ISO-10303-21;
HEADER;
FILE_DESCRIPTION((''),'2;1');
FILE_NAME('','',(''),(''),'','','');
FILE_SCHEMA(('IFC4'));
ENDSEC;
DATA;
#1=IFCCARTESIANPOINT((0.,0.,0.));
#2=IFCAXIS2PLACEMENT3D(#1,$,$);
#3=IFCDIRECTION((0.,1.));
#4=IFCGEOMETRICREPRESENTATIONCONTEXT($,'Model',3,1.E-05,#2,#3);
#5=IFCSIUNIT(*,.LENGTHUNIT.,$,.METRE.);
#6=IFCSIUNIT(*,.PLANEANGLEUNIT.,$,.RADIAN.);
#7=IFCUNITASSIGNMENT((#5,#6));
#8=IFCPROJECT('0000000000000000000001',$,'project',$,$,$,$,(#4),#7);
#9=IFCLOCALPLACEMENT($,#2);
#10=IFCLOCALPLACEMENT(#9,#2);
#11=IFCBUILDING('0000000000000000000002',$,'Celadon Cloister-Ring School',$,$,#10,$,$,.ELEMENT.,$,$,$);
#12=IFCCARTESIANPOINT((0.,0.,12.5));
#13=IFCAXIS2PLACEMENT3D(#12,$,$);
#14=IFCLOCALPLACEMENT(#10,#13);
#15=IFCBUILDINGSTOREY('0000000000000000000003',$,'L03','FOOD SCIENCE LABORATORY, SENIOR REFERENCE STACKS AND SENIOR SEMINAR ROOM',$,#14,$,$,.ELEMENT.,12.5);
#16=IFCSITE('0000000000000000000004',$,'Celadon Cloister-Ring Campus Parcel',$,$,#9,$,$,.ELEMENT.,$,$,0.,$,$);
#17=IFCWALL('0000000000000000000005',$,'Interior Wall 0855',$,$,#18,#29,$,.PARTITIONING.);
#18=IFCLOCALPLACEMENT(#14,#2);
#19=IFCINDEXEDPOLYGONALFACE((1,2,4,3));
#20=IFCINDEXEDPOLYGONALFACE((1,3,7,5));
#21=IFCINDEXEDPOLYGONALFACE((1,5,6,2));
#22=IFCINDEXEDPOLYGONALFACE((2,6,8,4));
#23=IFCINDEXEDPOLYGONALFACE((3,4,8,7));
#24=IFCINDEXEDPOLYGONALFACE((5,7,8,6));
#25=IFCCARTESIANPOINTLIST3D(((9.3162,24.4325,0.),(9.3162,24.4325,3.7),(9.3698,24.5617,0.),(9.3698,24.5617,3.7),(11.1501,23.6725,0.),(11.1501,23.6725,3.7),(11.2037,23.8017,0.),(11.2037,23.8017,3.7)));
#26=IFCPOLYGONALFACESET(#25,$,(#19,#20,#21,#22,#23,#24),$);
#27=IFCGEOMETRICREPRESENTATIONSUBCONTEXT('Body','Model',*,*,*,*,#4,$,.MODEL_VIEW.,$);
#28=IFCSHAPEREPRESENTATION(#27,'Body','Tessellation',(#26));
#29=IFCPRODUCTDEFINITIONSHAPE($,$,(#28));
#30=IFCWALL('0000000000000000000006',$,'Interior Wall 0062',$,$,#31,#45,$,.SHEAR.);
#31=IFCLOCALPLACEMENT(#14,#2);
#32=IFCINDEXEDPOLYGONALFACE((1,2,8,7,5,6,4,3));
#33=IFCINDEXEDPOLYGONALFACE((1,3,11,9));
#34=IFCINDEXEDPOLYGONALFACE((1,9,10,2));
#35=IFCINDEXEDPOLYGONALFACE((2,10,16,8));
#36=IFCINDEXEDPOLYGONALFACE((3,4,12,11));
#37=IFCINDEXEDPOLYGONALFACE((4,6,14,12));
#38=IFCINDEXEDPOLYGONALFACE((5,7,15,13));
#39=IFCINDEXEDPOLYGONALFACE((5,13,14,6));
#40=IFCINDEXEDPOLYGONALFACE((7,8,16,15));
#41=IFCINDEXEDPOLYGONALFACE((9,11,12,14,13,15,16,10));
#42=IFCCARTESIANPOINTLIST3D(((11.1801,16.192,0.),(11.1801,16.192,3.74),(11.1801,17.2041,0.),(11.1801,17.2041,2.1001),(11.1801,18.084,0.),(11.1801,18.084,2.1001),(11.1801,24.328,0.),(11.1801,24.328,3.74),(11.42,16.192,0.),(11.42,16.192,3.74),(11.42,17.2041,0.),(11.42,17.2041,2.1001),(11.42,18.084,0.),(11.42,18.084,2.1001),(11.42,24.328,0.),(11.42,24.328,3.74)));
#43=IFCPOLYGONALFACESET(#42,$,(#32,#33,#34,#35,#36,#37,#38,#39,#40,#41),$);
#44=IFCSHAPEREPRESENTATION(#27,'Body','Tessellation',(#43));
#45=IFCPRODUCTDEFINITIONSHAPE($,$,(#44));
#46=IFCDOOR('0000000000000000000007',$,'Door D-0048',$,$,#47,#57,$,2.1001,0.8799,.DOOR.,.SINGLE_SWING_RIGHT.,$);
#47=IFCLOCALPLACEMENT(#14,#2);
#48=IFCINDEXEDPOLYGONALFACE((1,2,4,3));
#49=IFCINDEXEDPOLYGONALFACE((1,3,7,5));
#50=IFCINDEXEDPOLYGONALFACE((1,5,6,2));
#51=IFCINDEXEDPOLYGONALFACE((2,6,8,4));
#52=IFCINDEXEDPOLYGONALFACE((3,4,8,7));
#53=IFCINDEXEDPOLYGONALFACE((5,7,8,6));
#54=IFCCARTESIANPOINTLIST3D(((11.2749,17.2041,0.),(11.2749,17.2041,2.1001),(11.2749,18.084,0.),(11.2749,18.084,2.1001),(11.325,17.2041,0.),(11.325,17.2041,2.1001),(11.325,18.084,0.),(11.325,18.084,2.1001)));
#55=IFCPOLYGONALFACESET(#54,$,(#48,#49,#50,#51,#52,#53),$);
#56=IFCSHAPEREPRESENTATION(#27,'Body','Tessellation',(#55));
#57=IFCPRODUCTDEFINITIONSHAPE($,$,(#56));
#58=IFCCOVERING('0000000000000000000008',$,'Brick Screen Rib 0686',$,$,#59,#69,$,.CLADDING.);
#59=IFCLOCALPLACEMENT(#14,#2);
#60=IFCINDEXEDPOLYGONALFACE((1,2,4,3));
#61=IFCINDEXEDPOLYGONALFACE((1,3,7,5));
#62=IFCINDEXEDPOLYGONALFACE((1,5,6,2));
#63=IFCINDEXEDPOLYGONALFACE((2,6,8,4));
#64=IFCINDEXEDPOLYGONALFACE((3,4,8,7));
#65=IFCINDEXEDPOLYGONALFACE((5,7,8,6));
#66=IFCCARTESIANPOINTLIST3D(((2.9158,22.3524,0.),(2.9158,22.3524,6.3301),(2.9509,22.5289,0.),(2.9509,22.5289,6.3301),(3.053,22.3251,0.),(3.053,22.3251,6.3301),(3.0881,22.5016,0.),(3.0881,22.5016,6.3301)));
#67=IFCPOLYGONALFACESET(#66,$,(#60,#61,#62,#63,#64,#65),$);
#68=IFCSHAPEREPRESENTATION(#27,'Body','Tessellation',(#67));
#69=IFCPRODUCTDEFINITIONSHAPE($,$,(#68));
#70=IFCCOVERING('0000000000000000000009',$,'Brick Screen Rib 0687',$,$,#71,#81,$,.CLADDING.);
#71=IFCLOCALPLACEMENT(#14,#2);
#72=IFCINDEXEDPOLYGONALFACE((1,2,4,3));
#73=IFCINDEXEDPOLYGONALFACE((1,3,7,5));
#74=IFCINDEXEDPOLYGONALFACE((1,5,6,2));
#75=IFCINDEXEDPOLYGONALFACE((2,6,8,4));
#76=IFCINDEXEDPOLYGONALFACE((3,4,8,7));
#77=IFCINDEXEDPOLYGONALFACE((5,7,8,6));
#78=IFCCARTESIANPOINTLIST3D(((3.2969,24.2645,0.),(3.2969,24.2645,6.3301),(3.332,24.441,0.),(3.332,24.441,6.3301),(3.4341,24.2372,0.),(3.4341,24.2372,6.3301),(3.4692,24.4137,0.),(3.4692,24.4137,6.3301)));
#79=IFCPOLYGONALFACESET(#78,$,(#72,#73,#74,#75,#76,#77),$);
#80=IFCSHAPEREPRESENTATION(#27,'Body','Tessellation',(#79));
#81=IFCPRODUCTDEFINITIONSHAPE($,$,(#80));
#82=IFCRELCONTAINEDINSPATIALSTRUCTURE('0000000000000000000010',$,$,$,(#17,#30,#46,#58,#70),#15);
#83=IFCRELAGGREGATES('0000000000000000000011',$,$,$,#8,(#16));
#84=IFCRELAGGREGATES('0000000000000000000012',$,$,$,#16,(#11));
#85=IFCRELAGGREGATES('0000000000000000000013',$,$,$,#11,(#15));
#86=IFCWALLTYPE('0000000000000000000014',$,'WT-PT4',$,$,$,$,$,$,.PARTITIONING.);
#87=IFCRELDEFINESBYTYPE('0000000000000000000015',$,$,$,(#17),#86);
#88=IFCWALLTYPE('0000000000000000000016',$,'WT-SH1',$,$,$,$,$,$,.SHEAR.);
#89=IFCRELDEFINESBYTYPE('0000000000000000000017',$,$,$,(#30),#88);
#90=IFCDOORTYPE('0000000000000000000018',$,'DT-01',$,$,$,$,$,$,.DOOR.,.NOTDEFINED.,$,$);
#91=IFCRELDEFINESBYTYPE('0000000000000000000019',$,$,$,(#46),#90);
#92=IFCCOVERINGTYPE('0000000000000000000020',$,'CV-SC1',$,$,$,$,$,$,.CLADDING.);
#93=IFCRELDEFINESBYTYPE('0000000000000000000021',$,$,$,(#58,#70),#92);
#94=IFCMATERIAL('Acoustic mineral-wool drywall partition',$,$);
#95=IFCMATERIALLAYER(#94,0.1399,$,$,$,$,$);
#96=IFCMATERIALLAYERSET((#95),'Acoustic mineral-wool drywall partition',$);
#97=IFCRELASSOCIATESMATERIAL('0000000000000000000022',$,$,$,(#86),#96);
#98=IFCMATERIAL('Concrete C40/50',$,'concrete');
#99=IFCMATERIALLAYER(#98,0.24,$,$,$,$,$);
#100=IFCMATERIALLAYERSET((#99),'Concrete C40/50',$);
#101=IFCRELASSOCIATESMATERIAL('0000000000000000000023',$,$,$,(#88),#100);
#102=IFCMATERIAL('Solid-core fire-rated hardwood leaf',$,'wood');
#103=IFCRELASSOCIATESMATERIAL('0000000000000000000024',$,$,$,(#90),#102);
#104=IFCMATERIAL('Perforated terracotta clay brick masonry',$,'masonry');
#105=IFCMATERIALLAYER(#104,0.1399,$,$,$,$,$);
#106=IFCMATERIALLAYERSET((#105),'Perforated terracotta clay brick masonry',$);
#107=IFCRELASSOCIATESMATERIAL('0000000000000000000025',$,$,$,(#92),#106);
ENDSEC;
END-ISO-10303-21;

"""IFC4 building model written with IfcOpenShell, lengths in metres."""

from ifc_helpers import new_model, si_unit, direction, frame, frame_2d, origin, origin_2d, place, context, subcontext, project, spatial, rectangle, extrude, material, layer, layer_set, type_object, element, fill, save


model = new_model("IFC4")

# Units and contexts
model_context = context("Model", 3, precision=1e-05, world=origin(), true_north=direction((0.0, 1.0)))
body_context = subcontext(model_context, "Body", "Model", "MODEL_VIEW")
ifc_project = project(units=[si_unit("LENGTHUNIT", "METRE"), si_unit("PLANEANGLEUNIT", "RADIAN")], contexts=[model_context])

# Site, building, storey
site_placement = place(None, origin())
site = spatial("IfcSite", under=ifc_project, at=site_placement, Name="Celadon Cloister-Ring Campus Parcel", CompositionType="ELEMENT", RefElevation=0.0)
building_placement = place(site_placement, origin())
building = spatial("IfcBuilding", under=site, at=building_placement, Name="Celadon Cloister-Ring School", CompositionType="ELEMENT")
storey_placement = place(building_placement, frame((0.0, 0.0, 12.5)))
storey = spatial("IfcBuildingStorey", under=building, at=storey_placement, Name="L03", Description="FOOD SCIENCE LABORATORY, SENIOR REFERENCE STACKS AND SENIOR SEMINAR ROOM", CompositionType="ELEMENT", Elevation=12.5)

# Wall
ifc_material_1 = material(Name="Acoustic mineral-wool drywall partition")
ifc_layer_1 = layer(ifc_material_1, 0.1399)
ifc_layer_set_1 = layer_set([ifc_layer_1], Name="Acoustic mineral-wool drywall partition")
wall_type_1 = type_object("IfcWallType", Name="WT-PT4", PredefinedType="PARTITIONING", material=ifc_layer_set_1)
wall_1_placement = place(storey_placement, frame((11.177, 23.7371, 0.0), z_axis=(0.0, 0.0, 1.0), x_axis=(-0.923817, 0.382833, 0.0)))
element("IfcWall", 1, at=wall_1_placement, inside=storey, type_object=wall_type_1, Name="Interior Wall 0855", PredefinedType="PARTITIONING", context=body_context, shape_type="SweptSolid", body=[
    extrude(rectangle(XDim=1.9851, YDim=0.1399, at=frame_2d((0.9927, 0.0))), origin(), (0.0, 0.0, 1.0), 3.7),
])

# Wall, opening, door
ifc_material_2 = material(Name="Concrete C40/50", Category="concrete")
ifc_layer_2 = layer(ifc_material_2, 0.24)
ifc_layer_set_2 = layer_set([ifc_layer_2], Name="Concrete C40/50")
wall_type_2 = type_object("IfcWallType", Name="WT-SH1", PredefinedType="SHEAR", material=ifc_layer_set_2)
wall_2_placement = place(storey_placement, frame((11.3, 24.3279, 0.0), z_axis=(0.0, 0.0, 1.0), x_axis=(0.0, -1.0, 0.0)))
wall_2 = element("IfcWall", 2, at=wall_2_placement, inside=storey, type_object=wall_type_2, Name="Interior Wall 0062", PredefinedType="SHEAR", context=body_context, shape_type="SweptSolid", body=[
    extrude(rectangle(XDim=8.136, YDim=0.24, at=frame_2d((4.0679, 0.0))), origin(), (0.0, 0.0, 1.0), 3.74),
])
opening_1_placement = place(wall_2_placement, frame((6.2439, 0.0, 0.0)))
opening_1 = element("IfcOpeningElement", 3, at=opening_1_placement, cuts=wall_2, PredefinedType="OPENING", context=body_context, shape_type="SweptSolid", body=[
    extrude(rectangle(XDim=0.8799, YDim=2.1001, at=frame_2d((0.4399, 1.05))), frame((0.0, 0.1299, 0.0), z_axis=(0.0, -1.0, 0.0), x_axis=(1.0, 0.0, 0.0)), (0.0, 0.0, 1.0), 0.26),
])
ifc_material_3 = material(Name="Solid-core fire-rated hardwood leaf", Category="wood")
door_type = type_object("IfcDoorType", Name="DT-01", OperationType="NOTDEFINED", PredefinedType="DOOR", material=ifc_material_3)
door_placement = place(opening_1_placement, origin())
door = element("IfcDoor", 4, at=door_placement, inside=storey, type_object=door_type, Name="Door D-0048", OperationType="SINGLE_SWING_RIGHT", OverallHeight=2.1001, OverallWidth=0.8799, PredefinedType="DOOR", context=body_context, shape_type="SweptSolid", body=[
    extrude(rectangle(XDim=0.8799, YDim=2.1001, at=frame_2d((0.4399, 1.05))), frame((0.0, 0.0249, 0.0), z_axis=(0.0, -1.0, 0.0), x_axis=(1.0, 0.0, 0.0)), (0.0, 0.0, 1.0), 0.05),
])
fill(opening_1, door)

# Coverings
ifc_material_4 = material(Name="Perforated terracotta clay brick masonry", Category="masonry")
ifc_layer_3 = layer(ifc_material_4, 0.1399)
ifc_layer_set_3 = layer_set([ifc_layer_3], Name="Perforated terracotta clay brick masonry")
covering_type = type_object("IfcCoveringType", Name="CV-SC1", PredefinedType="CLADDING", material=ifc_layer_set_3)
for number, where, z_axis, x_axis, name in (
    (5, (3.002, 22.427, 0.0), (0.0, 0.0, 1.0), (0.195142, 0.980775, 0.0), "Brick Screen Rib 0686"),
    (6, (3.3831, 24.3391, 0.0), (0.0, 0.0, 1.0), (0.195142, 0.980775, 0.0), "Brick Screen Rib 0687"),
):
    element("IfcCovering", number, at=place(storey_placement, frame(where, z_axis=z_axis, x_axis=x_axis)), inside=storey, type_object=covering_type, Name=name, PredefinedType="CLADDING", context=body_context, shape_type="SweptSolid", body=[
        extrude(rectangle(XDim=0.1799, YDim=0.1399, at=origin_2d()), origin(), (0.0, 0.0, 1.0), 6.3301),
    ])

save(model, "model.ifc")
